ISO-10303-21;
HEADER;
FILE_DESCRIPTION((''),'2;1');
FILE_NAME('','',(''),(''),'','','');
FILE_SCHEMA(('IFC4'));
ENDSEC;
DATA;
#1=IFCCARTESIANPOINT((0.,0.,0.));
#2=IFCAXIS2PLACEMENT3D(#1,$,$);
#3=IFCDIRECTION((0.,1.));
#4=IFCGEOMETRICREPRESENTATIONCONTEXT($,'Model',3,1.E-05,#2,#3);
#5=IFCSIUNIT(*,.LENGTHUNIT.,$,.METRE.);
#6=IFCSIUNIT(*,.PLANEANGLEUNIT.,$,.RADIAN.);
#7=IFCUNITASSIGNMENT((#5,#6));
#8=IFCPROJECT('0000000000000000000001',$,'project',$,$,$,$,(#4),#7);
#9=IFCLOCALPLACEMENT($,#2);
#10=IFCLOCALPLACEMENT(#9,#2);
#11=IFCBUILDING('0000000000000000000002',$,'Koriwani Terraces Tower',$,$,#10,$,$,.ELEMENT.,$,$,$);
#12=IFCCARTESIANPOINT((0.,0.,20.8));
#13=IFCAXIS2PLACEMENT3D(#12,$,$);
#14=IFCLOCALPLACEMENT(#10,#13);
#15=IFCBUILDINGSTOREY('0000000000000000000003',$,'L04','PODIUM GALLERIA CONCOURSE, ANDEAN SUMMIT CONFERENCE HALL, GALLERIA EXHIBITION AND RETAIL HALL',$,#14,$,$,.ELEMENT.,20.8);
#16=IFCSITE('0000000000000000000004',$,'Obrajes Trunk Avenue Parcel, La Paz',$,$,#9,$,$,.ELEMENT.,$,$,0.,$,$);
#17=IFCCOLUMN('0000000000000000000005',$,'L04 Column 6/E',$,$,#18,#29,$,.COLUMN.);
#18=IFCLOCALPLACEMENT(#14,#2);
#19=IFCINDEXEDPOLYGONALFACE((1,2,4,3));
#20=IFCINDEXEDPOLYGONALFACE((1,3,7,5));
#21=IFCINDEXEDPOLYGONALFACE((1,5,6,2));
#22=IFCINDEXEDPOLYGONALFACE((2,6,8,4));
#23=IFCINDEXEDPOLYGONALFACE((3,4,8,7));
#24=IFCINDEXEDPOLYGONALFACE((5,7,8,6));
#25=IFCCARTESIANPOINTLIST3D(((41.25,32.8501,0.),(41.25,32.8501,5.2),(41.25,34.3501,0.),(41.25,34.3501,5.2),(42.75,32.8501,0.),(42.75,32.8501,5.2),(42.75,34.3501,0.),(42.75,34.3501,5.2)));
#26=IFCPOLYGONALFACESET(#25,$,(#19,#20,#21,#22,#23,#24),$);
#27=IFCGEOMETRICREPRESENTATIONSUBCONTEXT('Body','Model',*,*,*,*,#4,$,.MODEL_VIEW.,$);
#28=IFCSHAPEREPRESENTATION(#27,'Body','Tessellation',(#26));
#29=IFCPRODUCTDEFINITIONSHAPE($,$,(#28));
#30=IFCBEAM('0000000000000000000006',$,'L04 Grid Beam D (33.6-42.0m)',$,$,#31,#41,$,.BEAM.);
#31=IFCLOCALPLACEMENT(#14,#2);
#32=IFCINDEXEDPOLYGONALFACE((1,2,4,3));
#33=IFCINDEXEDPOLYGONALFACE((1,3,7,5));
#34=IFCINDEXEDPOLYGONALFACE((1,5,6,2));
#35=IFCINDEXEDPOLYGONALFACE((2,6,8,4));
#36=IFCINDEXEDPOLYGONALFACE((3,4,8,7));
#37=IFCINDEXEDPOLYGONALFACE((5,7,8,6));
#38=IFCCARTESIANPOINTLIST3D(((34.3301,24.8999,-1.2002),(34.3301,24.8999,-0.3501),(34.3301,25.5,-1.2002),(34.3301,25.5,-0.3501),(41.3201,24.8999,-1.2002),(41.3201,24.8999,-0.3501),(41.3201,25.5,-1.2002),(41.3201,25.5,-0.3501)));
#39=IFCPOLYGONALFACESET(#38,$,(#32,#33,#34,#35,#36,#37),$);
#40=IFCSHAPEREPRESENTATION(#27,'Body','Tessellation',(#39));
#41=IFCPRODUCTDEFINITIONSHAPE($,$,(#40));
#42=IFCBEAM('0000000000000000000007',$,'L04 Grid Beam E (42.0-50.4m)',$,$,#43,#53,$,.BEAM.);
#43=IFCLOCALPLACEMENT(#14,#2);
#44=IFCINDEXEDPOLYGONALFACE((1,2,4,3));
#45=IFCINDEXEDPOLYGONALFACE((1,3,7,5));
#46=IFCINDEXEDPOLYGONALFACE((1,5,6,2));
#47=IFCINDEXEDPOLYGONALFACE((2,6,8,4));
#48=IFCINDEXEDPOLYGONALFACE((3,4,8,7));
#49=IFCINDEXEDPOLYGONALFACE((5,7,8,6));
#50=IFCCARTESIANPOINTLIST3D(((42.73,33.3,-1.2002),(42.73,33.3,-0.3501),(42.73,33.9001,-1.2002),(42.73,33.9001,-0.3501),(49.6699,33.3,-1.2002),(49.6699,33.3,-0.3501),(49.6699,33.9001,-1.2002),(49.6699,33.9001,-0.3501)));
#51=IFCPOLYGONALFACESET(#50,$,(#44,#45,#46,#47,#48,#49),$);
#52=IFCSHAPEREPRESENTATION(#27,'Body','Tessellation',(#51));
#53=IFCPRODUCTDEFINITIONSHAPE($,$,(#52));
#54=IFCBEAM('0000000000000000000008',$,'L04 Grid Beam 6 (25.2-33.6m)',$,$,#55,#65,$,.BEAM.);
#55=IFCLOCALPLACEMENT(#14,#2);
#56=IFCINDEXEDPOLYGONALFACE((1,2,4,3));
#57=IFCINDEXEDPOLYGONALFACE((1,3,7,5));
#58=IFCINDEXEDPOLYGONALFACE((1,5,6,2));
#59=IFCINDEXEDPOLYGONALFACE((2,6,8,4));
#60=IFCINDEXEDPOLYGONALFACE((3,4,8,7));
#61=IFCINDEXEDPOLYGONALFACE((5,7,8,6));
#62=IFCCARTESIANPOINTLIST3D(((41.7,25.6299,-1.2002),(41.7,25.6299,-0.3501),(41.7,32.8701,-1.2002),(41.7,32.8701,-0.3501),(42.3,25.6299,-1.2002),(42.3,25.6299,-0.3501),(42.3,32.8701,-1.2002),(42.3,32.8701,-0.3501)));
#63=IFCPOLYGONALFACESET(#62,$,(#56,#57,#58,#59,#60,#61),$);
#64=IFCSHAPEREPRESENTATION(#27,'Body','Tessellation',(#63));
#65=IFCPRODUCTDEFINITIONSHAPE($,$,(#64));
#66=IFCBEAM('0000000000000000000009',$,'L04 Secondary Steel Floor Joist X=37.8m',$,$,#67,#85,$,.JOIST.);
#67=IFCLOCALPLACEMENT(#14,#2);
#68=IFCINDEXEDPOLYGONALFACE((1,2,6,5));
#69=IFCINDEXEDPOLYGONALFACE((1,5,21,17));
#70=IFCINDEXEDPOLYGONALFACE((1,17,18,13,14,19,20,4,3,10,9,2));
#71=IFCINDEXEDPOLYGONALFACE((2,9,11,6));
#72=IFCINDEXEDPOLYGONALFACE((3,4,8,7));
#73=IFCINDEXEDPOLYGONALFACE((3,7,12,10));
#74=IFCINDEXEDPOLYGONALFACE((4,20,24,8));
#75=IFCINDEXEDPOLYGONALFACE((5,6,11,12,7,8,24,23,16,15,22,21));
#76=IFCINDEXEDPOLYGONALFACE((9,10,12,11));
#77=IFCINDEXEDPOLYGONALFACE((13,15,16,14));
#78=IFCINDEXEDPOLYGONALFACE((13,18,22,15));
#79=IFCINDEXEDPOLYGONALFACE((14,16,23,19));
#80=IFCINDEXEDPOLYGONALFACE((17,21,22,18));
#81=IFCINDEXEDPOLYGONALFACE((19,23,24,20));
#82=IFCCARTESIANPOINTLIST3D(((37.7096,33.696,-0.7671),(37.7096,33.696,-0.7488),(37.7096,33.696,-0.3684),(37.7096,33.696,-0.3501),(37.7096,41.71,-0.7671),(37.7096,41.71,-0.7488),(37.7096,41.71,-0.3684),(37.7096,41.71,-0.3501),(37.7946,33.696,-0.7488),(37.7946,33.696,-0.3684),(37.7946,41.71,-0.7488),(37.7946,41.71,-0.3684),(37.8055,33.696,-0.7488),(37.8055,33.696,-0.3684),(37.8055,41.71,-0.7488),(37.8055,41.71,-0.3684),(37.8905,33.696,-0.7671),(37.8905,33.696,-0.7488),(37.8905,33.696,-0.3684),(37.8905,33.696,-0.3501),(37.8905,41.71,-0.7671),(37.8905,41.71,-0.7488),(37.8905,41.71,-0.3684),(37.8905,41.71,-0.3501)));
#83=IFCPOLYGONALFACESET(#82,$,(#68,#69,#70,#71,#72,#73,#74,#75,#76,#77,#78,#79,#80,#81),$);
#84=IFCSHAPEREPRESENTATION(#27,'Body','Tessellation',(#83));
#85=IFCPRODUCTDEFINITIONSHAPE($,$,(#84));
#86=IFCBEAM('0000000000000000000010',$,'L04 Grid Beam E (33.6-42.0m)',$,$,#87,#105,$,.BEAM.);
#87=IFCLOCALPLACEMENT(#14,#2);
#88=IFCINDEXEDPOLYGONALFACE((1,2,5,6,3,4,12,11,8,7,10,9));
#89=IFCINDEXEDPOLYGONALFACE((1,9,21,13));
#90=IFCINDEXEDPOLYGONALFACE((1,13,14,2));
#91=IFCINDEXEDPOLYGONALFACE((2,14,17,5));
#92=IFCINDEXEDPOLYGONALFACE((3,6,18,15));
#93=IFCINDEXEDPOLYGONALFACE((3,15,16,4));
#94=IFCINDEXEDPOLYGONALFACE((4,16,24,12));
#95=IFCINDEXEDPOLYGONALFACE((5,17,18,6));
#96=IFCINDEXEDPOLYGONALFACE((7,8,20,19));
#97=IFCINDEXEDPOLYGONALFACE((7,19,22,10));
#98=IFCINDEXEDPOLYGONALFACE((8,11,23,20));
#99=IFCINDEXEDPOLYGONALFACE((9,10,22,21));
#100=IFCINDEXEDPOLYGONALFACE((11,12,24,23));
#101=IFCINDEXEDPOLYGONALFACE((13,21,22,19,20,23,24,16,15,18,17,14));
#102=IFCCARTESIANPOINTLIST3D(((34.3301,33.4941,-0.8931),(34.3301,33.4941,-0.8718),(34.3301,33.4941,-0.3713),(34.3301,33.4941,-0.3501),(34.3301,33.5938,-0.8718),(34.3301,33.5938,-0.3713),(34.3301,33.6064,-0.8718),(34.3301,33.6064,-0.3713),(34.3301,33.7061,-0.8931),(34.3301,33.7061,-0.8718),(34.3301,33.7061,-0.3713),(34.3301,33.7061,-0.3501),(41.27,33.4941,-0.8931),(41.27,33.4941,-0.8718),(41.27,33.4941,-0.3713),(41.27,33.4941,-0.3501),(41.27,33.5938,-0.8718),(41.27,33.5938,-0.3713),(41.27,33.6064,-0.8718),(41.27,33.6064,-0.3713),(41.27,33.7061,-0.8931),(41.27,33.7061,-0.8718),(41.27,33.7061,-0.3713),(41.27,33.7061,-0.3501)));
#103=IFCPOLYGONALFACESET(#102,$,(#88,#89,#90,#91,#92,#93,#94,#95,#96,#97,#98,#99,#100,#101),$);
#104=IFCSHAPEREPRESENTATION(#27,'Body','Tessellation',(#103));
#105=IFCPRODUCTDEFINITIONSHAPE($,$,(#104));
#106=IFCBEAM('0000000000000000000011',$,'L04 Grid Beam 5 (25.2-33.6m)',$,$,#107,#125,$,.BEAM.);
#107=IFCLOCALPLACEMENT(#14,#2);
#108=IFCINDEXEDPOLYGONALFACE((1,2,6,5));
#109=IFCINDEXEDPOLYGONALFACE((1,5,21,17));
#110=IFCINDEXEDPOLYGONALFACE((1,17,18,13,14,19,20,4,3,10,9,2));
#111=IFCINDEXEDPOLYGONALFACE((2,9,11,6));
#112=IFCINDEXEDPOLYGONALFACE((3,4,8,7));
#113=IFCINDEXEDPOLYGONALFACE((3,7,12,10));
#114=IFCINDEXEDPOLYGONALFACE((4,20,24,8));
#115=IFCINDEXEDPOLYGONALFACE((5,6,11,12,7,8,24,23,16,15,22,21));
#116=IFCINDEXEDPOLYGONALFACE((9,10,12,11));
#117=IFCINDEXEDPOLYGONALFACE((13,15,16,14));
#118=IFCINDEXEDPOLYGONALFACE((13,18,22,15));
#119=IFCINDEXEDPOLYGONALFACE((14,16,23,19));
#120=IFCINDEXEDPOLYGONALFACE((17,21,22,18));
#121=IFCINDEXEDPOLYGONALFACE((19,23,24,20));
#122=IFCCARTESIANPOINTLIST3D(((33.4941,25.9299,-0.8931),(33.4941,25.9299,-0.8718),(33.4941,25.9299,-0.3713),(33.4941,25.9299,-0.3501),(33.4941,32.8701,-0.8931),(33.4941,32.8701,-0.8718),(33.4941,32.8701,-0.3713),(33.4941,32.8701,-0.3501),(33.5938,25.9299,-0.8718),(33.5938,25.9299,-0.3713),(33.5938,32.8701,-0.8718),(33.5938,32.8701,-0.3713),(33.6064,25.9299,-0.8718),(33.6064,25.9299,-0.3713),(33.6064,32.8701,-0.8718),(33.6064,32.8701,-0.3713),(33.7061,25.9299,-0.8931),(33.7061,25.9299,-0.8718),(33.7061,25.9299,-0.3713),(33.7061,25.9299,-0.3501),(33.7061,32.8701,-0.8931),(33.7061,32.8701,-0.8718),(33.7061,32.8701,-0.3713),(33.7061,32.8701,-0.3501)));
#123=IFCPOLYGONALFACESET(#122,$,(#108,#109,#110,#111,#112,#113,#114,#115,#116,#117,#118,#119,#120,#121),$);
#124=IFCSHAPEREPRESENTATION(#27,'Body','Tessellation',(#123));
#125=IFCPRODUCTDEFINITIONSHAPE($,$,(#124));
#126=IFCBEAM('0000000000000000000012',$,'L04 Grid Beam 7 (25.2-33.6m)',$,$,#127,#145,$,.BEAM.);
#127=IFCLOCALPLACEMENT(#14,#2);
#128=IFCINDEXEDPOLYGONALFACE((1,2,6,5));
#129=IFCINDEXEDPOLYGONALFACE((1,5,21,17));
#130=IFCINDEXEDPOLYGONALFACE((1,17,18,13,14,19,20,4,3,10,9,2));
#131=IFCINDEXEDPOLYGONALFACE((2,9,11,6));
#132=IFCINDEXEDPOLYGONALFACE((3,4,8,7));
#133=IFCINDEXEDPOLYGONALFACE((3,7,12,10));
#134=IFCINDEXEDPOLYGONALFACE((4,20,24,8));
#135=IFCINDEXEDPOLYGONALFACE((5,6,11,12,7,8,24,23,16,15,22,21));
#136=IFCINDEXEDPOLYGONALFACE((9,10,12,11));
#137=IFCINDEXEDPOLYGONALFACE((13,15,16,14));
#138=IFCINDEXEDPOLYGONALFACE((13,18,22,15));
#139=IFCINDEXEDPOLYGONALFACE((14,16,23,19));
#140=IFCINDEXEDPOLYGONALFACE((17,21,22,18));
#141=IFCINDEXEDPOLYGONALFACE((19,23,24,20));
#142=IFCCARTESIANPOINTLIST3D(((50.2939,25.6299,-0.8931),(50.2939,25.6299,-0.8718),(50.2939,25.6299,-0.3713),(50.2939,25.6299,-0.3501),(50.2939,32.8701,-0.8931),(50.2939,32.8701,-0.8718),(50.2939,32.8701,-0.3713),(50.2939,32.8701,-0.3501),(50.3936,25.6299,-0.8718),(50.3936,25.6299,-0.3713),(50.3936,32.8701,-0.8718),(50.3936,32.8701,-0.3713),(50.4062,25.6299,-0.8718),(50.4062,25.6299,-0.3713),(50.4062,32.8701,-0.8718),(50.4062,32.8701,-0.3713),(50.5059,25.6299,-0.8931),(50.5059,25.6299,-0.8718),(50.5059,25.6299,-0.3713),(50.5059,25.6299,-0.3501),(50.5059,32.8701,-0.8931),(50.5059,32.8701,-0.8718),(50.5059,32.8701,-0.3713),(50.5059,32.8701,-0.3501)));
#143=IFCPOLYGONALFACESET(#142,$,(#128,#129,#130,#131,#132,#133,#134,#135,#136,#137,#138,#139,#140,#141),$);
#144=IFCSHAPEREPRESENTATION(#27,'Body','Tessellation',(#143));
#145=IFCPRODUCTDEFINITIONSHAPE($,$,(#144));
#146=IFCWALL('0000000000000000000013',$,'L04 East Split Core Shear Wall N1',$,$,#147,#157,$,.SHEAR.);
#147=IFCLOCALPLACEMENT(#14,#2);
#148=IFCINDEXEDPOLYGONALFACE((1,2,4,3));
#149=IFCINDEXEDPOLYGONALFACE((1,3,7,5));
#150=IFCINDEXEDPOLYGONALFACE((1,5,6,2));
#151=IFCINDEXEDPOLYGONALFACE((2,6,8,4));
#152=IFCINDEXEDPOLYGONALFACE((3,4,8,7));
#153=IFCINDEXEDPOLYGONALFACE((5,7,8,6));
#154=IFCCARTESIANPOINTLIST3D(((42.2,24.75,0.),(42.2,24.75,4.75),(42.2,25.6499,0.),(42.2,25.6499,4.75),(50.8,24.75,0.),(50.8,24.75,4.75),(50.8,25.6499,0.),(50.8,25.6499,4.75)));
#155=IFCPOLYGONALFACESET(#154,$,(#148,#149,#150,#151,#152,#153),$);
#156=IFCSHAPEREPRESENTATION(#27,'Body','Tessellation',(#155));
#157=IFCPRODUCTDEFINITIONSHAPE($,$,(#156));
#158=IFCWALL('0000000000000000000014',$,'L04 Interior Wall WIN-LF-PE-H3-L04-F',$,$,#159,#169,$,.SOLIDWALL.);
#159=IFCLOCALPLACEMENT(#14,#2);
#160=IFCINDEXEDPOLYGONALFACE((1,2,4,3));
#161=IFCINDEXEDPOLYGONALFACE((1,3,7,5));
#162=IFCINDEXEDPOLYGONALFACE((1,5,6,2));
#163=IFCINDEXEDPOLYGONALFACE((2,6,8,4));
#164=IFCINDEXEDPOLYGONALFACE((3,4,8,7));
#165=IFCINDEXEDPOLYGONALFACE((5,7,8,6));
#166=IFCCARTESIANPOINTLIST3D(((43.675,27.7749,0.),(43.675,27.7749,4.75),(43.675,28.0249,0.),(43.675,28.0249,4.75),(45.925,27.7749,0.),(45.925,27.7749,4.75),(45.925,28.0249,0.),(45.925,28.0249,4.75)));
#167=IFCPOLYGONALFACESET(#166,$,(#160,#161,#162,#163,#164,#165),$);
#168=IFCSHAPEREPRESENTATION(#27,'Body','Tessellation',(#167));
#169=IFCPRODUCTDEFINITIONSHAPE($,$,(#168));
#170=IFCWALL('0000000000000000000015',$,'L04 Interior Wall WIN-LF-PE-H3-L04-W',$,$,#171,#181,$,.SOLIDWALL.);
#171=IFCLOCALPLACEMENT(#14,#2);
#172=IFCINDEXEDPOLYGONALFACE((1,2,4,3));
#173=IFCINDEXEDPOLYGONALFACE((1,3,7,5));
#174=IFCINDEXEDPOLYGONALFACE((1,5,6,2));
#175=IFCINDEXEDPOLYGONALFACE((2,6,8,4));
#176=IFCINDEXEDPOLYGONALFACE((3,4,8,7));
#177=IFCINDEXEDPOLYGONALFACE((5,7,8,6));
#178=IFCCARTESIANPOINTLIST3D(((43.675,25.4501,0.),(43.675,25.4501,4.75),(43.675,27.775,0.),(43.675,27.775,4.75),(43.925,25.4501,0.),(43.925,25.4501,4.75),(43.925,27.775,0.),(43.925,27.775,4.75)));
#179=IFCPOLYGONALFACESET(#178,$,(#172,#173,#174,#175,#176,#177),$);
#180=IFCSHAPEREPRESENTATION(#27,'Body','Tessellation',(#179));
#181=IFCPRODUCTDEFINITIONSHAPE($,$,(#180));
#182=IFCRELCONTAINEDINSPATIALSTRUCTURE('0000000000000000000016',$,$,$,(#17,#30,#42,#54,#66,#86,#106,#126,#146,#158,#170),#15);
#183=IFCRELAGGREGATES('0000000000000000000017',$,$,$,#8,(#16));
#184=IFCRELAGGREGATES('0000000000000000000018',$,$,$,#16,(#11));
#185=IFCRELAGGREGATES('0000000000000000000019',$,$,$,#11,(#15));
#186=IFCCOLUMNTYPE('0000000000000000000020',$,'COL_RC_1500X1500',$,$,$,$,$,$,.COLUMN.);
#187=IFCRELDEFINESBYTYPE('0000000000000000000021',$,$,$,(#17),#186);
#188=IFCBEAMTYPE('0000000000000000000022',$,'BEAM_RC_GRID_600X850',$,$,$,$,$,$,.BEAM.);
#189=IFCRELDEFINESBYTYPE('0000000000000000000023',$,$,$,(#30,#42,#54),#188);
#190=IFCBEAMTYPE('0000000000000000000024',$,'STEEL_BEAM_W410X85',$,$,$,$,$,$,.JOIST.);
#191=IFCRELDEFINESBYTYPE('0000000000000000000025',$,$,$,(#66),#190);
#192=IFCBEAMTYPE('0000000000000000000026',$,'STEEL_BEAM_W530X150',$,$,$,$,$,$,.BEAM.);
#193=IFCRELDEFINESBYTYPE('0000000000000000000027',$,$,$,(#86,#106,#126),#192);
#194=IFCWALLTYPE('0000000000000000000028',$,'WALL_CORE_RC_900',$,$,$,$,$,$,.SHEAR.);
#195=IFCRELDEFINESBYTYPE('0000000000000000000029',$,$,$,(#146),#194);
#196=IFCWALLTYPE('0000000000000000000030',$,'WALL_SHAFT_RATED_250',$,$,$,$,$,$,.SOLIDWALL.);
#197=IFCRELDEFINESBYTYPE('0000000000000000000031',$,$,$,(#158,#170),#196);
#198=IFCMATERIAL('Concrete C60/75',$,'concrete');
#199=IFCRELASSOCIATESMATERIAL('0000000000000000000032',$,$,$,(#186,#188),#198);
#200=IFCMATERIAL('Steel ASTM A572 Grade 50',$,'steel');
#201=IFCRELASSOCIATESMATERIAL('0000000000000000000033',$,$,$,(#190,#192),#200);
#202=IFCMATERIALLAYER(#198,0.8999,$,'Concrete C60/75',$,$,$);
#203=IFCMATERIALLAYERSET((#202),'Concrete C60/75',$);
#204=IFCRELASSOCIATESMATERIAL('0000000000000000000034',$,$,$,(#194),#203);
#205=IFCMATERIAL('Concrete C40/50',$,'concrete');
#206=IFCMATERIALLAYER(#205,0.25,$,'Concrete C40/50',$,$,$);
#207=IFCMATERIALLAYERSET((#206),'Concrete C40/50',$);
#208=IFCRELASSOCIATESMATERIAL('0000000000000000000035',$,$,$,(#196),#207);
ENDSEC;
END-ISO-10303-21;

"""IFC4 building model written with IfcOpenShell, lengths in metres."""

from ifc_helpers import new_model, si_unit, direction, frame, frame_2d, origin, origin_2d, place, context, subcontext, project, spatial, rectangle, i_section, extrude, material, layer, layer_set, material_profile, profile_set, type_object, element, save


model = new_model("IFC4")

# Units and contexts
model_context = context("Model", 3, precision=1e-05, world=origin(), true_north=direction((0.0, 1.0)))
body_context = subcontext(model_context, "Body", "Model", "MODEL_VIEW")
ifc_project = project(units=[si_unit("LENGTHUNIT", "METRE"), si_unit("PLANEANGLEUNIT", "RADIAN")], contexts=[model_context])

# Site, building, storey
site_placement = place(None, origin())
site = spatial("IfcSite", under=ifc_project, at=site_placement, Name="Obrajes Trunk Avenue Parcel, La Paz", CompositionType="ELEMENT", RefElevation=0.0)
building_placement = place(site_placement, origin())
building = spatial("IfcBuilding", under=site, at=building_placement, Name="Koriwani Terraces Tower", CompositionType="ELEMENT")
storey_placement = place(building_placement, frame((0.0, 0.0, 20.8)))
storey = spatial("IfcBuildingStorey", under=building, at=storey_placement, Name="L04", Description="PODIUM GALLERIA CONCOURSE, ANDEAN SUMMIT CONFERENCE HALL, GALLERIA EXHIBITION AND RETAIL HALL", CompositionType="ELEMENT", Elevation=20.8)

# Column
ifc_material_1 = material(Name="Concrete C60/75", Category="concrete")
ifc_material_profile_1 = material_profile(ifc_material_1, rectangle(XDim=1.5, YDim=1.5, at=origin_2d()), Name="Concrete C60/75", Category="LoadBearing")
ifc_profile_set_1 = profile_set([ifc_material_profile_1], Name="Concrete C60/75")
column_type = type_object("IfcColumnType", Name="COL_RC_1500X1500", PredefinedType="COLUMN", material=ifc_profile_set_1)
column_placement = place(storey_placement, frame((42.0, 33.6001, 0.0), z_axis=(0.0, 0.0, 1.0), x_axis=(1.0, 0.0, 0.0)))
element("IfcColumn", 1, at=column_placement, inside=storey, type_object=column_type, Name="L04 Column 6/E", PredefinedType="COLUMN", context=body_context, shape_type="SweptSolid", body=[
    extrude(rectangle(XDim=1.5, YDim=1.5, at=origin_2d()), origin(), (0.0, 0.0, 1.0), 5.2),
])

# Beams
ifc_material_profile_2 = material_profile(ifc_material_1, rectangle(XDim=0.6001, YDim=0.8501, at=origin_2d()), Name="Concrete C60/75", Category="LoadBearing")
ifc_profile_set_2 = profile_set([ifc_material_profile_2], Name="Concrete C60/75")
beam_type_1 = type_object("IfcBeamType", Name="BEAM_RC_GRID_600X850", PredefinedType="BEAM", material=ifc_profile_set_2)
beam_1_placement = place(storey_placement, frame((34.3301, 25.2, -0.7751), z_axis=(1.0, 0.0, 0.0), x_axis=(0.0, 1.0, 0.0)))
element("IfcBeam", 2, at=beam_1_placement, inside=storey, type_object=beam_type_1, Name="L04 Grid Beam D (33.6-42.0m)", PredefinedType="BEAM", context=body_context, shape_type="SweptSolid", body=[
    extrude(rectangle(XDim=0.6001, YDim=0.8501, at=origin_2d()), origin(), (0.0, 0.0, 1.0), 6.99),
])
beam_2_placement = place(storey_placement, frame((42.73, 33.6001, -0.7751), z_axis=(1.0, 0.0, 0.0), x_axis=(0.0, 1.0, 0.0)))
element("IfcBeam", 3, at=beam_2_placement, inside=storey, type_object=beam_type_1, Name="L04 Grid Beam E (42.0-50.4m)", PredefinedType="BEAM", context=body_context, shape_type="SweptSolid", body=[
    extrude(rectangle(XDim=0.6001, YDim=0.8501, at=origin_2d()), origin(), (0.0, 0.0, 1.0), 6.9399),
])
beam_3_placement = place(storey_placement, frame((42.0, 25.6299, -0.7751), z_axis=(0.0, 1.0, 0.0), x_axis=(-1.0, 0.0, 0.0)))
element("IfcBeam", 4, at=beam_3_placement, inside=storey, type_object=beam_type_1, Name="L04 Grid Beam 6 (25.2-33.6m)", PredefinedType="BEAM", context=body_context, shape_type="SweptSolid", body=[
    extrude(rectangle(XDim=0.6001, YDim=0.8501, at=origin_2d()), origin(), (0.0, 0.0, 1.0), 7.2402),
])
ifc_material_2 = material(Name="Steel ASTM A572 Grade 50", Category="steel")
ifc_material_profile_3 = material_profile(ifc_material_2, i_section(OverallWidth=0.1809, OverallDepth=0.417, WebThickness=0.011, FlangeThickness=0.0183, at=origin_2d()), Name="Steel ASTM A572 Grade 50", Category="LoadBearing")
ifc_profile_set_3 = profile_set([ifc_material_profile_3], Name="Steel ASTM A572 Grade 50")
beam_type_2 = type_object("IfcBeamType", Name="STEEL_BEAM_W410X85", PredefinedType="JOIST", material=ifc_profile_set_3)
beam_4_placement = place(storey_placement, frame((37.8, 33.696, -0.5586), z_axis=(0.0, 1.0, 0.0), x_axis=(-1.0, 0.0, 0.0)))
element("IfcBeam", 5, at=beam_4_placement, inside=storey, type_object=beam_type_2, Name="L04 Secondary Steel Floor Joist X=37.8m", PredefinedType="JOIST", context=body_context, shape_type="SweptSolid", body=[
    extrude(i_section(OverallWidth=0.1809, OverallDepth=0.417, WebThickness=0.011, FlangeThickness=0.0183, at=origin_2d()), origin(), (0.0, 0.0, 1.0), 8.0139),
])
ifc_material_profile_4 = material_profile(ifc_material_2, i_section(OverallWidth=0.2119, OverallDepth=0.543, WebThickness=0.0127, FlangeThickness=0.0212, at=origin_2d()), Name="Steel ASTM A572 Grade 50", Category="LoadBearing")
ifc_profile_set_4 = profile_set([ifc_material_profile_4], Name="Steel ASTM A572 Grade 50")
beam_type_3 = type_object("IfcBeamType", Name="STEEL_BEAM_W530X150", PredefinedType="BEAM", material=ifc_profile_set_4)
beam_5_placement = place(storey_placement, frame((34.3301, 33.6001, -0.6216), z_axis=(1.0, 0.0, 0.0), x_axis=(0.0, 1.0, 0.0)))
element("IfcBeam", 6, at=beam_5_placement, inside=storey, type_object=beam_type_3, Name="L04 Grid Beam E (33.6-42.0m)", PredefinedType="BEAM", context=body_context, shape_type="SweptSolid", body=[
    extrude(i_section(OverallWidth=0.2119, OverallDepth=0.543, WebThickness=0.0127, FlangeThickness=0.0212, at=origin_2d()), origin(), (0.0, 0.0, 1.0), 6.9399),
])
beam_6_placement = place(storey_placement, frame((33.6001, 25.9299, -0.6216), z_axis=(0.0, 1.0, 0.0), x_axis=(-1.0, 0.0, 0.0)))
element("IfcBeam", 7, at=beam_6_placement, inside=storey, type_object=beam_type_3, Name="L04 Grid Beam 5 (25.2-33.6m)", PredefinedType="BEAM", context=body_context, shape_type="SweptSolid", body=[
    extrude(i_section(OverallWidth=0.2119, OverallDepth=0.543, WebThickness=0.0127, FlangeThickness=0.0212, at=origin_2d()), origin(), (0.0, 0.0, 1.0), 6.9402),
])
beam_7_placement = place(storey_placement, frame((50.3999, 25.6299, -0.6216), z_axis=(0.0, 1.0, 0.0), x_axis=(-1.0, 0.0, 0.0)))
element("IfcBeam", 8, at=beam_7_placement, inside=storey, type_object=beam_type_3, Name="L04 Grid Beam 7 (25.2-33.6m)", PredefinedType="BEAM", context=body_context, shape_type="SweptSolid", body=[
    extrude(i_section(OverallWidth=0.2119, OverallDepth=0.543, WebThickness=0.0127, FlangeThickness=0.0212, at=origin_2d()), origin(), (0.0, 0.0, 1.0), 7.2402),
])

# Walls
ifc_layer_1 = layer(ifc_material_1, 0.8999, Name="Concrete C60/75")
ifc_layer_set_1 = layer_set([ifc_layer_1], Name="Concrete C60/75")
wall_type_1 = type_object("IfcWallType", Name="WALL_CORE_RC_900", PredefinedType="SHEAR", material=ifc_layer_set_1)
wall_1_placement = place(storey_placement, frame((42.2, 25.2, 0.0), z_axis=(0.0, 0.0, 1.0), x_axis=(1.0, 0.0, 0.0)))
element("IfcWall", 9, at=wall_1_placement, inside=storey, type_object=wall_type_1, Name="L04 East Split Core Shear Wall N1", PredefinedType="SHEAR", context=body_context, shape_type="SweptSolid", body=[
    extrude(rectangle(XDim=8.6001, YDim=0.8999, at=frame_2d((4.3, 0.0))), origin(), (0.0, 0.0, 1.0), 4.75),
])
ifc_material_3 = material(Name="Concrete C40/50", Category="concrete")
ifc_layer_2 = layer(ifc_material_3, 0.25, Name="Concrete C40/50")
ifc_layer_set_2 = layer_set([ifc_layer_2], Name="Concrete C40/50")
wall_type_2 = type_object("IfcWallType", Name="WALL_SHAFT_RATED_250", PredefinedType="SOLIDWALL", material=ifc_layer_set_2)
wall_2_placement = place(storey_placement, frame((43.675, 27.8999, 0.0), z_axis=(0.0, 0.0, 1.0), x_axis=(1.0, 0.0, 0.0)))
element("IfcWall", 10, at=wall_2_placement, inside=storey, type_object=wall_type_2, Name="L04 Interior Wall WIN-LF-PE-H3-L04-F", PredefinedType="SOLIDWALL", context=body_context, shape_type="SweptSolid", body=[
    extrude(rectangle(XDim=2.25, YDim=0.25, at=frame_2d((1.125, 0.0))), origin(), (0.0, 0.0, 1.0), 4.75),
])
for number, where, z_axis, x_axis, name in (
    (11, (43.8, 25.45, 0.0), (0.0, 0.0, 1.0), (0.0, 1.0, 0.0), "L04 Interior Wall WIN-LF-PE-H3-L04-W"),
):
    element("IfcWall", number, at=place(storey_placement, frame(where, z_axis=z_axis, x_axis=x_axis)), inside=storey, type_object=wall_type_2, Name=name, PredefinedType="SOLIDWALL", context=body_context, shape_type="SweptSolid", body=[
        extrude(rectangle(XDim=2.325, YDim=0.25, at=frame_2d((1.1626, 0.0))), origin(), (0.0, 0.0, 1.0), 4.75),
    ])

save(model, "model.ifc")
